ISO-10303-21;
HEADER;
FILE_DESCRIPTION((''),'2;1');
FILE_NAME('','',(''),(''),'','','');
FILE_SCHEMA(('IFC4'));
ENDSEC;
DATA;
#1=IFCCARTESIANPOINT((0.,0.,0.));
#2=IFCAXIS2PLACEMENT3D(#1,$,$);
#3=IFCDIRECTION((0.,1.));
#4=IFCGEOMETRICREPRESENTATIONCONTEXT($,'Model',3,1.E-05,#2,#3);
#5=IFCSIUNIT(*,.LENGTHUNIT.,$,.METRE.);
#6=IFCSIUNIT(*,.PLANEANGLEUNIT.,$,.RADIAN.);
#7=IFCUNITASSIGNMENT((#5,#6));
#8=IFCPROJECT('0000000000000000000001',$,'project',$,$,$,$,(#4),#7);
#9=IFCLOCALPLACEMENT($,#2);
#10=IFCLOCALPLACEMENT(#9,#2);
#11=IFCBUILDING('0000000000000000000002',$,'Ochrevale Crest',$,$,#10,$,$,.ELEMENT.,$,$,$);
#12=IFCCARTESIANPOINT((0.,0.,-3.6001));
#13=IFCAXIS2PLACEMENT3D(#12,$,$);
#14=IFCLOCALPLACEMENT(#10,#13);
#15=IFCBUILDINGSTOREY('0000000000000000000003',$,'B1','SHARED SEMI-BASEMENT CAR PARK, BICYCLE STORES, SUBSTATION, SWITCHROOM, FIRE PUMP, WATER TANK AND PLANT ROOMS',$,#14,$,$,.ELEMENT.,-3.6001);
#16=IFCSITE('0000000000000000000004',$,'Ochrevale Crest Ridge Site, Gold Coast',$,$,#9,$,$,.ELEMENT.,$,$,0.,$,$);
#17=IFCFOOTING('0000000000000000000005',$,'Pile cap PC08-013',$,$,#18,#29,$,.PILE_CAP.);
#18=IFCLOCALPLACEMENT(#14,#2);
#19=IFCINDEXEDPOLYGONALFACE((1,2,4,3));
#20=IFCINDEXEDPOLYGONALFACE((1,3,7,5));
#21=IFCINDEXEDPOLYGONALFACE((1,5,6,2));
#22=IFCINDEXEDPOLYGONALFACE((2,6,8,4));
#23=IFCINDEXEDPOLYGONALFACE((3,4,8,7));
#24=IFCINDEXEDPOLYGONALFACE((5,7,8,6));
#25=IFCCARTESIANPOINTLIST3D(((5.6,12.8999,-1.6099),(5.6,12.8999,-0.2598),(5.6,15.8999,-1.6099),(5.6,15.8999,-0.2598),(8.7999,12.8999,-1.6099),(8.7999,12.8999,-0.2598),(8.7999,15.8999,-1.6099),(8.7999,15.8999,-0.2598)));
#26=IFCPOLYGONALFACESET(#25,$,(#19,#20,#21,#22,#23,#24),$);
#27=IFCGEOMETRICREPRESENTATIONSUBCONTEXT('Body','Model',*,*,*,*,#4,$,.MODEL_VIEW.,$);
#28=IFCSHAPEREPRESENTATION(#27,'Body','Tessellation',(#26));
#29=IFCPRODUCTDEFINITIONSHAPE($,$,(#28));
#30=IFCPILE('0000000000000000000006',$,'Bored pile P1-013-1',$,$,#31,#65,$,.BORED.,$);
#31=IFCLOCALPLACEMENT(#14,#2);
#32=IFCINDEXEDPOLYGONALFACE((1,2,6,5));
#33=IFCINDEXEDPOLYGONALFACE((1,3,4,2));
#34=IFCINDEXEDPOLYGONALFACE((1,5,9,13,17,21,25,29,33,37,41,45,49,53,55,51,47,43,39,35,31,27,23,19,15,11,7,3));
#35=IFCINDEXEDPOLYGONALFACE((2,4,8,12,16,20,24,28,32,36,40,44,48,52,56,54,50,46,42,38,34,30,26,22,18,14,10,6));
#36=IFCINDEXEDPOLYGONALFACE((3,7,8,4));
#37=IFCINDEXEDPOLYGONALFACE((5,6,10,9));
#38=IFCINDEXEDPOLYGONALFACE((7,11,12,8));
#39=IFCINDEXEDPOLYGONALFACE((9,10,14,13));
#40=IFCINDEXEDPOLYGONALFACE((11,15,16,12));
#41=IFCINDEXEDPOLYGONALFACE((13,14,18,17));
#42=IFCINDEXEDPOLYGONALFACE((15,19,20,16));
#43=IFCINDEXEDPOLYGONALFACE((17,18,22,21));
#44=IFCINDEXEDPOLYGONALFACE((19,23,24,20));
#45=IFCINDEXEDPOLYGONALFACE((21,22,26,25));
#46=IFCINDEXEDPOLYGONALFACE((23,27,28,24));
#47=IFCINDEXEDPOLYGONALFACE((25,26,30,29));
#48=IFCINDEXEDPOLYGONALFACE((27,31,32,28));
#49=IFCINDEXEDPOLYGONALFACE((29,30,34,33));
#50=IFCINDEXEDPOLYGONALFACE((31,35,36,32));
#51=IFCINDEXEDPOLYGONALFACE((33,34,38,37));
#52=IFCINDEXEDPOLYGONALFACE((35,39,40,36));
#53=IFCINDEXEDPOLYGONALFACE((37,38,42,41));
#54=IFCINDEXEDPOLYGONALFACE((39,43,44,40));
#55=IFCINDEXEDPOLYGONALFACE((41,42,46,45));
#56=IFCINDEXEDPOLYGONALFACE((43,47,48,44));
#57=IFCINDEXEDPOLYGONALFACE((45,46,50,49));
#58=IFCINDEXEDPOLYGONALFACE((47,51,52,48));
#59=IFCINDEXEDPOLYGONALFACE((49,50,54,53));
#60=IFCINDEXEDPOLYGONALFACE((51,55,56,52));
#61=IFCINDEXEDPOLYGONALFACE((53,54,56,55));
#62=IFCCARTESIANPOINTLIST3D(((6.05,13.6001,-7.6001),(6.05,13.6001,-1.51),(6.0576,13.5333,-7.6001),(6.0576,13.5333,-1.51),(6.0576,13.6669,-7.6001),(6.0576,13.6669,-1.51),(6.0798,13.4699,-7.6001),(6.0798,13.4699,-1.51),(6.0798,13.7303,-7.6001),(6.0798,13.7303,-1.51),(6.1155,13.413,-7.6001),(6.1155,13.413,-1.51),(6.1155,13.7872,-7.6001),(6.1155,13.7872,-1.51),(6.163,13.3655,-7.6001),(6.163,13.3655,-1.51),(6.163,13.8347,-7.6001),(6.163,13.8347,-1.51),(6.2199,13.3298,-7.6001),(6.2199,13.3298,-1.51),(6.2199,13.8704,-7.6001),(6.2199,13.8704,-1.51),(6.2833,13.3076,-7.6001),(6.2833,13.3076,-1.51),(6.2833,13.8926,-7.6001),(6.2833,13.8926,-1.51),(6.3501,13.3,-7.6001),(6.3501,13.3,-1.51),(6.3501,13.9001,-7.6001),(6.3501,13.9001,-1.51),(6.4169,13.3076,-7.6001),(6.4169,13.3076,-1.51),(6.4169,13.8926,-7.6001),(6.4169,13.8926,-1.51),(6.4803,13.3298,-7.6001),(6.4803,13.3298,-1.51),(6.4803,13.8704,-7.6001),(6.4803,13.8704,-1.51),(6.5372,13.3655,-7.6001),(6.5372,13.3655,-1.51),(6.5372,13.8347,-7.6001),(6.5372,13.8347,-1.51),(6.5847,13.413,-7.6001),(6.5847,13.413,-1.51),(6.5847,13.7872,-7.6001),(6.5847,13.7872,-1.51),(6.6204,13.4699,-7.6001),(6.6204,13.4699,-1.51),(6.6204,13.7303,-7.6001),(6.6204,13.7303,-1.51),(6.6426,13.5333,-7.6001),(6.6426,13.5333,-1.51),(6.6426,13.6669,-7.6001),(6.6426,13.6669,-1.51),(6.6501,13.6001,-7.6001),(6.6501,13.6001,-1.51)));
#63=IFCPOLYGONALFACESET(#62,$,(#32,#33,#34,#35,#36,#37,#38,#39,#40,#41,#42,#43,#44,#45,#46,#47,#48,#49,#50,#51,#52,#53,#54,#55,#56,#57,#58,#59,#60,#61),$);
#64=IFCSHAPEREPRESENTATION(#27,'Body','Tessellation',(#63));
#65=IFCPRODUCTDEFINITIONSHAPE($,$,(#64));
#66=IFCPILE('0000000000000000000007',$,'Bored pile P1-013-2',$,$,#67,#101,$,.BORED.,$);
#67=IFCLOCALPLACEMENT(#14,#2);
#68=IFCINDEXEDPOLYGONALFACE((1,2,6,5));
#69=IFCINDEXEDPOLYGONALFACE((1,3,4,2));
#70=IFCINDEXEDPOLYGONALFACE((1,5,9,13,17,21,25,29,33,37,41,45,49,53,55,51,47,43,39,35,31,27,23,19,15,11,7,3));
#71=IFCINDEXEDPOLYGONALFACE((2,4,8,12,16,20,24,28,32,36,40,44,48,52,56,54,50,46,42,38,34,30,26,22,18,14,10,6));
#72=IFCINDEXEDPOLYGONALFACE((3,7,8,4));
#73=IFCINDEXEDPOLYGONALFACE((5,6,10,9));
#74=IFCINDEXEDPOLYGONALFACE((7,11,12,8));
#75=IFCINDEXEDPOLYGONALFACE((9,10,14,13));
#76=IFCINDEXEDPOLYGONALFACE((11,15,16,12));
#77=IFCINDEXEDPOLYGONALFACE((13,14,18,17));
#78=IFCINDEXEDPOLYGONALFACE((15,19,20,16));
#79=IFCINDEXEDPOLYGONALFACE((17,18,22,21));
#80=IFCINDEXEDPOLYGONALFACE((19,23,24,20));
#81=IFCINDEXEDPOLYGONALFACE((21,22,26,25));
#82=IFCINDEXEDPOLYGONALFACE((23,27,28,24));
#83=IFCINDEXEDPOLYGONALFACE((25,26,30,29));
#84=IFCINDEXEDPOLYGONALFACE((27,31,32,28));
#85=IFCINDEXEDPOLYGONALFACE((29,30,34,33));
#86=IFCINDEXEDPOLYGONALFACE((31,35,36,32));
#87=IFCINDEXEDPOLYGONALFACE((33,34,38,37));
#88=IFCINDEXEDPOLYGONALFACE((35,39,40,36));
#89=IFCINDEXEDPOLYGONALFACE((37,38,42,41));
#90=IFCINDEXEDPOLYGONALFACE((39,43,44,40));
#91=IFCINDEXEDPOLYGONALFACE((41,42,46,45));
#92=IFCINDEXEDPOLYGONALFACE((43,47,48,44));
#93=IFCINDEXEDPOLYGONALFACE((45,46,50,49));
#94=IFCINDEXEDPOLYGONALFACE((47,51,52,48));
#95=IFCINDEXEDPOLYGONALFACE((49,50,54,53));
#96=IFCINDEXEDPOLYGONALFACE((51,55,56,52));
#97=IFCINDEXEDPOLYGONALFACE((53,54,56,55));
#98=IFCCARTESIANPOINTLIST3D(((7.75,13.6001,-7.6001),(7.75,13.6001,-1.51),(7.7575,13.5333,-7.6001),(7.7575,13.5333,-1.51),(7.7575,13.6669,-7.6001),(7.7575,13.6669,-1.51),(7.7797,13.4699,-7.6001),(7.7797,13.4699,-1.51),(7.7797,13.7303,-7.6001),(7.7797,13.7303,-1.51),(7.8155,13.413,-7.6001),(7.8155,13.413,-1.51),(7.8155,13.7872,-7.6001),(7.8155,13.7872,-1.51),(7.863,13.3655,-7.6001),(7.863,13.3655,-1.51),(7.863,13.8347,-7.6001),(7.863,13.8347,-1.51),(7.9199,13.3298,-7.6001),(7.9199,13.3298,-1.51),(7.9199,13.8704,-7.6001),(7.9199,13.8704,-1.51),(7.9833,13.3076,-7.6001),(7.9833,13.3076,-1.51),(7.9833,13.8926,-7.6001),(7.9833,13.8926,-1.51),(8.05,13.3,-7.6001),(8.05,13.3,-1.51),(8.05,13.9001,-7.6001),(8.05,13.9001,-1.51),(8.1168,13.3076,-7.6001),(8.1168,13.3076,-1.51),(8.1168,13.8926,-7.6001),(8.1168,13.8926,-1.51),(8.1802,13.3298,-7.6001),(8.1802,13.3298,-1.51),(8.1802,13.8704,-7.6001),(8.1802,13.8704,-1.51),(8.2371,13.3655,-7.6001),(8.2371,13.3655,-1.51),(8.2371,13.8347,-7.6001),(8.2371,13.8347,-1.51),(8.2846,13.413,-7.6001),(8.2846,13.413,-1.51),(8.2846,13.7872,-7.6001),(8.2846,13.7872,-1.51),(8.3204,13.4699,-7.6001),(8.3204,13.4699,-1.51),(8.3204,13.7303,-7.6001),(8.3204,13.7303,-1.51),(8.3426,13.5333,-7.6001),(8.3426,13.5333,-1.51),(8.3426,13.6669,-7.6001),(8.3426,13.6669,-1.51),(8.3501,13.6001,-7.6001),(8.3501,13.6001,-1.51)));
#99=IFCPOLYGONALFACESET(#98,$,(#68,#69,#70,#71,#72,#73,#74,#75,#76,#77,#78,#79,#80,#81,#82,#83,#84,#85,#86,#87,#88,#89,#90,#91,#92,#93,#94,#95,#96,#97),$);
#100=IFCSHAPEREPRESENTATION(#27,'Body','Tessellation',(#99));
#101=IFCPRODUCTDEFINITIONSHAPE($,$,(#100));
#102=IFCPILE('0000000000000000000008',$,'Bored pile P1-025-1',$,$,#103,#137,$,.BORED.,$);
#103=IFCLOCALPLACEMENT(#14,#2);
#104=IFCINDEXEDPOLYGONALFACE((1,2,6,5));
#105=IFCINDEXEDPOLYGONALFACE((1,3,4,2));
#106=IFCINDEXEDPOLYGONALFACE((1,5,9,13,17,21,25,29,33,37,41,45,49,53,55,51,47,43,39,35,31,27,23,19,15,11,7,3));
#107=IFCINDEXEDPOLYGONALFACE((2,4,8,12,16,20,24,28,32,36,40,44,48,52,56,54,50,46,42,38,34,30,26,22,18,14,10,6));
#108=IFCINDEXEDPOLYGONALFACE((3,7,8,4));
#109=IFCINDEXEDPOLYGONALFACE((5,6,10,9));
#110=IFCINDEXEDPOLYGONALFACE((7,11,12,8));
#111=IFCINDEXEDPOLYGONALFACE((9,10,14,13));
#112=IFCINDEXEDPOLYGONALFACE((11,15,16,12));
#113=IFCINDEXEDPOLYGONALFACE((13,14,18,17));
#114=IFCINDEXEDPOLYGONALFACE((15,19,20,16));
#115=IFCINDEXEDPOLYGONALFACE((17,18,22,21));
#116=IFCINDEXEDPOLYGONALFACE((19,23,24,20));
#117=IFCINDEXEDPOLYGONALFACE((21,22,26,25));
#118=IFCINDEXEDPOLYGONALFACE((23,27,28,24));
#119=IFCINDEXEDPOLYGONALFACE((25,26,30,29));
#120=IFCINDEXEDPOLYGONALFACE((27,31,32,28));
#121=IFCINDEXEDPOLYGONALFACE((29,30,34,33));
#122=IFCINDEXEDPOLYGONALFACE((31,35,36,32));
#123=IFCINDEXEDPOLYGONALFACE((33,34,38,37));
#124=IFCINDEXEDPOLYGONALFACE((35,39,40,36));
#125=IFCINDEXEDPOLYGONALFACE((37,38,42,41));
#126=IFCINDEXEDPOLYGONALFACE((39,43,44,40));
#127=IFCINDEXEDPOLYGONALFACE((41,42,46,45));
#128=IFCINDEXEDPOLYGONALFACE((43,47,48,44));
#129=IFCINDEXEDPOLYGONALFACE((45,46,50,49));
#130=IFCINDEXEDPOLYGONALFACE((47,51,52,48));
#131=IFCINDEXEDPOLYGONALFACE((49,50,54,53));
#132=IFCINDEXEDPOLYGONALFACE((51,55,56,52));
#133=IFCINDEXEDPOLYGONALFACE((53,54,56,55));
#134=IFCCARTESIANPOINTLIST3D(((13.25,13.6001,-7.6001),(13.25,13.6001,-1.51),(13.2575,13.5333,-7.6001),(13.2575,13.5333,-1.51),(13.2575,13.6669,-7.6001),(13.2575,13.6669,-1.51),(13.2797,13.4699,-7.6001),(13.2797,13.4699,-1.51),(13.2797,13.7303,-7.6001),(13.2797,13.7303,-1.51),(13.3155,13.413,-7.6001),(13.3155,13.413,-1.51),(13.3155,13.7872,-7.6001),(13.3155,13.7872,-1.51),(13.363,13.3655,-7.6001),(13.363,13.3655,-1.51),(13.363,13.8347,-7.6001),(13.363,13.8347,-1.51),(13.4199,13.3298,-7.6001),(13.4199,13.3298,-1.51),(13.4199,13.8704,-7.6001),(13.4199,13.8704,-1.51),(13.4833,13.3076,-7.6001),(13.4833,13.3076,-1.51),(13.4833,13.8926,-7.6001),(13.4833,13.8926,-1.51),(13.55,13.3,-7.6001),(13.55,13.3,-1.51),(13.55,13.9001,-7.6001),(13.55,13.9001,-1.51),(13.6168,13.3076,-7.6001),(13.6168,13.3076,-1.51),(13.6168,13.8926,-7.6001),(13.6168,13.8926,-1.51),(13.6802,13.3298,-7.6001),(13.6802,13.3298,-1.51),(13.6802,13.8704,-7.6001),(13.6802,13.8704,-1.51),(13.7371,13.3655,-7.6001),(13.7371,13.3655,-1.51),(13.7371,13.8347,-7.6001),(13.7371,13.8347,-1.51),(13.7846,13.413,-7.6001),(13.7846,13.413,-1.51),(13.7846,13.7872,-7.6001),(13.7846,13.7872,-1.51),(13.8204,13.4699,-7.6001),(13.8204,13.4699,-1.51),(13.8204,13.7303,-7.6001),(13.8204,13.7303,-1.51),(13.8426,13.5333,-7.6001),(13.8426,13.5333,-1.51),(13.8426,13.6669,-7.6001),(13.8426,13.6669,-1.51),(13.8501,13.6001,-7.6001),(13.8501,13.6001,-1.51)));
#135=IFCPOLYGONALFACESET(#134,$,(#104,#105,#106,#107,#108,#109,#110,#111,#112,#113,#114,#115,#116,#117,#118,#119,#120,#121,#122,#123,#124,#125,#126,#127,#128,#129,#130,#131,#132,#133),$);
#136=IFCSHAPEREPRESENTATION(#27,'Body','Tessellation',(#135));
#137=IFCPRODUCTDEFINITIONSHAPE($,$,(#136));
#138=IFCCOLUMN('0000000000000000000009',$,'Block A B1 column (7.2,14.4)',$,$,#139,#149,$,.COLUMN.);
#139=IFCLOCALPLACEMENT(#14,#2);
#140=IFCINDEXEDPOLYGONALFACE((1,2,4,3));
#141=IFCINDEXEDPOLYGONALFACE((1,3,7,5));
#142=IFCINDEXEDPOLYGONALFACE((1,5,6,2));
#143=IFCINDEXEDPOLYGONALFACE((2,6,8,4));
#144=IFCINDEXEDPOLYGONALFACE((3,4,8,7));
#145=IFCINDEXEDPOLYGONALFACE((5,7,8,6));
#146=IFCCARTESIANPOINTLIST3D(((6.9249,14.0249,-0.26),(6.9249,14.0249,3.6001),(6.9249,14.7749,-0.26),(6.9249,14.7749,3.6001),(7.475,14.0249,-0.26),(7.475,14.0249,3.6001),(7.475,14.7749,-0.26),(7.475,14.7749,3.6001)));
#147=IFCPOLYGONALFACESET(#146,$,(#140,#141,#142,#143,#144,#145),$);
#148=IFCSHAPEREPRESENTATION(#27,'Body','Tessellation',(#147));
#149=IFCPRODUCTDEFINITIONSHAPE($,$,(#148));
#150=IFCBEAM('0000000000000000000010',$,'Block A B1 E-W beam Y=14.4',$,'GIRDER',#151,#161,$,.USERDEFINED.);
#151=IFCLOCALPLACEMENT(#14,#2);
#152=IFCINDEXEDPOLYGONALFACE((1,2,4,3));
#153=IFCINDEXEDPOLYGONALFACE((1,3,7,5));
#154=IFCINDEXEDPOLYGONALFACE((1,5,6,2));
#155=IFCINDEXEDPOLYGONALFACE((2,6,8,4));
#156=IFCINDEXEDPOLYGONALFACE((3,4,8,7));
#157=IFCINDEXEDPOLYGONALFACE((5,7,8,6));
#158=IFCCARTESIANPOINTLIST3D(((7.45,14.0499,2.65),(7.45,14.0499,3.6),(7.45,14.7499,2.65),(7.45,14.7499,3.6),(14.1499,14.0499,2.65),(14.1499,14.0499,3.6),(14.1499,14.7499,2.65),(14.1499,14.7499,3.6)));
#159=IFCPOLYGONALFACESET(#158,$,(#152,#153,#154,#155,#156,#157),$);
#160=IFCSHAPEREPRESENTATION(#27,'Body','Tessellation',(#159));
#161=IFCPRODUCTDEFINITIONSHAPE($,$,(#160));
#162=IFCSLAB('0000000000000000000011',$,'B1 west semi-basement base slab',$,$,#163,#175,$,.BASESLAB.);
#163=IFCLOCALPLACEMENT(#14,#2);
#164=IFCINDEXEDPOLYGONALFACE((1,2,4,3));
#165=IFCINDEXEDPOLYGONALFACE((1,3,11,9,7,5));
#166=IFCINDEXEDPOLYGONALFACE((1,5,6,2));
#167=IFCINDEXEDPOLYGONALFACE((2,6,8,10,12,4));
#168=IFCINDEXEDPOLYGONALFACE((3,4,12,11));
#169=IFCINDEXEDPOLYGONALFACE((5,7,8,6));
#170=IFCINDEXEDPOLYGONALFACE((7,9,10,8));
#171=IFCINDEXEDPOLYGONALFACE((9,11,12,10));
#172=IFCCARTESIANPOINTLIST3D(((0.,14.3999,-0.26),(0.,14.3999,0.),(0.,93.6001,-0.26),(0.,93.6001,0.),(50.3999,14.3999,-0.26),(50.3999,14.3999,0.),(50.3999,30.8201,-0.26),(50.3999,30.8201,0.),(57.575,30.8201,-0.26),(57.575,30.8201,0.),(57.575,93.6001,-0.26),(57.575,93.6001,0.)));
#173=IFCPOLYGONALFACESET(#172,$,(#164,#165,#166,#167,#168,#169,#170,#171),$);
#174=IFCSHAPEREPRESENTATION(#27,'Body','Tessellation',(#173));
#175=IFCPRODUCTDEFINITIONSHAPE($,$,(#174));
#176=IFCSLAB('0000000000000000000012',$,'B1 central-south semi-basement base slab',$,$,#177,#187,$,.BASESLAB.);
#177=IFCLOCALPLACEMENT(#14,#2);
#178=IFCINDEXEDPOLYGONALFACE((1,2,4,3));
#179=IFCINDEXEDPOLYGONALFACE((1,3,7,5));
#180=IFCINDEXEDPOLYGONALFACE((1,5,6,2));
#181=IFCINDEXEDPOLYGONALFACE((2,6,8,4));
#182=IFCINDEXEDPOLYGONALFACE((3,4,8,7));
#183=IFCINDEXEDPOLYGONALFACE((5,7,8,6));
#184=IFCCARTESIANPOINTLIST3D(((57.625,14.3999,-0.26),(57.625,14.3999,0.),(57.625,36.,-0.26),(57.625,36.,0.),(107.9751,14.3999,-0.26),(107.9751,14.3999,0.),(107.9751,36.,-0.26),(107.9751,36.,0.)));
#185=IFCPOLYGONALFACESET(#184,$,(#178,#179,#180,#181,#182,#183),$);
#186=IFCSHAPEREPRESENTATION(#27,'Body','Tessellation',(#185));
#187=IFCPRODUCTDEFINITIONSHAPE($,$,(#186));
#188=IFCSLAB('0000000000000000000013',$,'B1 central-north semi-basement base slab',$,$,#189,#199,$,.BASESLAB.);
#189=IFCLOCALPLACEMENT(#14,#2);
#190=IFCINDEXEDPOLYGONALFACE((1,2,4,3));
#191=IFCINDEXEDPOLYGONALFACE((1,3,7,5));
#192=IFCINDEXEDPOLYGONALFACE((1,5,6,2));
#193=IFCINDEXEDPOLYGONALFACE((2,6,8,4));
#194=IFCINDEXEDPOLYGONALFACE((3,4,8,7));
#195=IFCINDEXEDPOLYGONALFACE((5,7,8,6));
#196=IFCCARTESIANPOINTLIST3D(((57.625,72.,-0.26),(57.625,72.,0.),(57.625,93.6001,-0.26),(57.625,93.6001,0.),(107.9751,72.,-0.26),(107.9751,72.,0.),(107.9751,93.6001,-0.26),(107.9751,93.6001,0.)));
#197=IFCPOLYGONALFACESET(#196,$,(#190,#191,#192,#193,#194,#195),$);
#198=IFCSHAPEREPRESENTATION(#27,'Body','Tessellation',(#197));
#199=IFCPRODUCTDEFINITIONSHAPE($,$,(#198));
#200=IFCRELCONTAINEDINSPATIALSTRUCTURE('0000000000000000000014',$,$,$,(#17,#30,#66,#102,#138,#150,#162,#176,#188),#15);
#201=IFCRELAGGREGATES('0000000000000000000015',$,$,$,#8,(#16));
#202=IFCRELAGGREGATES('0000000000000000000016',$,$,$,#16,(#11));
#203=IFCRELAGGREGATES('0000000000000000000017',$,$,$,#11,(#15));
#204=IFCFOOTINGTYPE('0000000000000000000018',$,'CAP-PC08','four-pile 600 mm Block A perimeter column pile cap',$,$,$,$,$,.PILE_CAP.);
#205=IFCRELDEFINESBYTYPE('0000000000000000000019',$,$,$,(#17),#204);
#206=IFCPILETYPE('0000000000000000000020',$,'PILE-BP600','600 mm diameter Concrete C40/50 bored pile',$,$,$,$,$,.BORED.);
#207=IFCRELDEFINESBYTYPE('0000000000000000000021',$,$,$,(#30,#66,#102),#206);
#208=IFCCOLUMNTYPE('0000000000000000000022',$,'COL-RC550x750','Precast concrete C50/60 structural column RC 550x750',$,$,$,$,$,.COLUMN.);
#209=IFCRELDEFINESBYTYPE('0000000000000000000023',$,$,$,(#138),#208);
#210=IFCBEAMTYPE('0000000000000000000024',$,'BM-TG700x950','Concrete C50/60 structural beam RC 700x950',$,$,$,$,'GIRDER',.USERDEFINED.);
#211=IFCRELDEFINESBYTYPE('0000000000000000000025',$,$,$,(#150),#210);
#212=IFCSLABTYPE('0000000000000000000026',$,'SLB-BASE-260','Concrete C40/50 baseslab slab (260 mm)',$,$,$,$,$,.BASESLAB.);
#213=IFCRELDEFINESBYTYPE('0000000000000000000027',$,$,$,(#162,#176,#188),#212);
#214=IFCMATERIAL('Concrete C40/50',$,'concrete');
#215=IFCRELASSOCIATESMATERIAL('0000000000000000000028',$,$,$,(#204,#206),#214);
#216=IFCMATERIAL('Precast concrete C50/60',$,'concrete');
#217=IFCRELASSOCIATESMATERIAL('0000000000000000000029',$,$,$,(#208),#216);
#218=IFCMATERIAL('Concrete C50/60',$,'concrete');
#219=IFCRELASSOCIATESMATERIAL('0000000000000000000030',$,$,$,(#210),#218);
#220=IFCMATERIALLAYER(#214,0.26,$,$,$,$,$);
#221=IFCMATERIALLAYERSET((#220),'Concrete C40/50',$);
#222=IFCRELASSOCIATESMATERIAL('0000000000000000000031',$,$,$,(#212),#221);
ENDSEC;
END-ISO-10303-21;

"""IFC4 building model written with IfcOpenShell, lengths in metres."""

from ifc_helpers import new_model, si_unit, direction, frame, origin, origin_2d, place, context, subcontext, project, spatial, polyline, rectangle, circle, outline, extrude, material, layer, layer_set, material_profile, profile_set, type_object, element, save


model = new_model("IFC4")

# Units and contexts
model_context = context("Model", 3, precision=1e-05, world=origin(), true_north=direction((0.0, 1.0)))
body_context = subcontext(model_context, "Body", "Model", "MODEL_VIEW")
ifc_project = project(units=[si_unit("LENGTHUNIT", "METRE"), si_unit("PLANEANGLEUNIT", "RADIAN")], contexts=[model_context])

# Site, building, storey
site_placement = place(None, origin())
site = spatial("IfcSite", under=ifc_project, at=site_placement, Name="Ochrevale Crest Ridge Site, Gold Coast", CompositionType="ELEMENT", RefElevation=0.0)
building_placement = place(site_placement, origin())
building = spatial("IfcBuilding", under=site, at=building_placement, Name="Ochrevale Crest", CompositionType="ELEMENT")
storey_placement = place(building_placement, frame((0.0, 0.0, -3.6001)))
storey = spatial("IfcBuildingStorey", under=building, at=storey_placement, Name="B1", Description="SHARED SEMI-BASEMENT CAR PARK, BICYCLE STORES, SUBSTATION, SWITCHROOM, FIRE PUMP, WATER TANK AND PLANT ROOMS", CompositionType="ELEMENT", Elevation=-3.6001)

# Footing
ifc_material_1 = material(Name="Concrete C40/50", Category="concrete")
footing_type = type_object("IfcFootingType", Name="CAP-PC08", Description="four-pile 600 mm Block A perimeter column pile cap", PredefinedType="PILE_CAP", material=ifc_material_1)
footing_placement = place(storey_placement, frame((7.2, 14.3999, -1.6099), z_axis=(0.0, 0.0, 1.0), x_axis=(1.0, 0.0, 0.0)))
element("IfcFooting", 1, at=footing_placement, inside=storey, type_object=footing_type, Name="Pile cap PC08-013", PredefinedType="PILE_CAP", context=body_context, shape_type="SweptSolid", body=[
    extrude(rectangle(XDim=3.2, YDim=3.0, at=origin_2d()), origin(), (0.0, 0.0, 1.0), 1.3501),
])

# Piles
ifc_material_profile_1 = material_profile(ifc_material_1, circle(Radius=0.3, at=origin_2d()), Name="BORED PILE 600")
ifc_profile_set_1 = profile_set([ifc_material_profile_1], Name="Concrete C40/50")
pile_type = type_object("IfcPileType", Name="PILE-BP600", Description="600 mm diameter Concrete C40/50 bored pile", PredefinedType="BORED", material=ifc_profile_set_1)
for number, where, z_axis, x_axis, name in (
    (2, (6.3501, 13.6001, -1.51), (0.0, 0.0, -1.0), (1.0, 0.0, 0.0), "Bored pile P1-013-1"),
    (3, (8.05, 13.6001, -1.51), (0.0, 0.0, -1.0), (1.0, 0.0, 0.0), "Bored pile P1-013-2"),
    (4, (13.55, 13.6001, -1.51), (0.0, 0.0, -1.0), (1.0, 0.0, 0.0), "Bored pile P1-025-1"),
):
    element("IfcPile", number, at=place(storey_placement, frame(where, z_axis=z_axis, x_axis=x_axis)), inside=storey, type_object=pile_type, Name=name, PredefinedType="BORED", context=body_context, shape_type="SweptSolid", body=[
        extrude(circle(Radius=0.3, at=origin_2d()), origin(), (0.0, 0.0, 1.0), 6.0901),
    ])

# Column
ifc_material_2 = material(Name="Precast concrete C50/60", Category="concrete")
ifc_material_profile_2 = material_profile(ifc_material_2, rectangle(XDim=0.55, YDim=0.75, at=origin_2d()), Name="RC 550x750")
ifc_profile_set_2 = profile_set([ifc_material_profile_2], Name="Precast concrete C50/60")
column_type = type_object("IfcColumnType", Name="COL-RC550x750", Description="Precast concrete C50/60 structural column RC 550x750", PredefinedType="COLUMN", material=ifc_profile_set_2)
column_placement = place(storey_placement, frame((7.2, 14.3999, -0.26), z_axis=(0.0, 0.0, 1.0), x_axis=(1.0, 0.0, 0.0)))
element("IfcColumn", 5, at=column_placement, inside=storey, type_object=column_type, Name="Block A B1 column (7.2,14.4)", PredefinedType="COLUMN", context=body_context, shape_type="SweptSolid", body=[
    extrude(rectangle(XDim=0.55, YDim=0.75, at=origin_2d()), origin(), (0.0, 0.0, 1.0), 3.8601),
])

# Beam
ifc_material_3 = material(Name="Concrete C50/60", Category="concrete")
ifc_material_profile_3 = material_profile(ifc_material_3, rectangle(XDim=0.7, YDim=0.95, at=origin_2d()), Name="RC 700x950")
ifc_profile_set_3 = profile_set([ifc_material_profile_3], Name="Concrete C50/60")
beam_type = type_object("IfcBeamType", Name="BM-TG700x950", Description="Concrete C50/60 structural beam RC 700x950", ElementType="GIRDER", PredefinedType="USERDEFINED", material=ifc_profile_set_3)
beam_placement = place(storey_placement, frame((7.45, 14.3999, 3.125), z_axis=(1.0, 0.0, 0.0), x_axis=(0.0, 1.0, 0.0)))
element("IfcBeam", 6, at=beam_placement, inside=storey, type_object=beam_type, Name="Block A B1 E-W beam Y=14.4", ObjectType="GIRDER", PredefinedType="USERDEFINED", context=body_context, shape_type="SweptSolid", body=[
    extrude(rectangle(XDim=0.7, YDim=0.95, at=origin_2d()), origin(), (0.0, 0.0, 1.0), 6.7),
])

# Slabs
ifc_layer_1 = layer(ifc_material_1, 0.26)
ifc_layer_set_1 = layer_set([ifc_layer_1], Name="Concrete C40/50")
slab_type_1 = type_object("IfcSlabType", Name="SLB-BASE-260", Description="Concrete C40/50 baseslab slab (260 mm)", PredefinedType="BASESLAB", material=ifc_layer_set_1)
slab_1_placement = place(storey_placement, frame((0.0, 0.0, -0.26)))
element("IfcSlab", 7, at=slab_1_placement, inside=storey, type_object=slab_type_1, Name="B1 west semi-basement base slab", PredefinedType="BASESLAB", context=body_context, shape_type="SweptSolid", body=[
    extrude(outline(polyline([(0.0, 14.3999), (50.3999, 14.3999), (50.3999, 30.8201), (57.575, 30.8201), (57.575, 93.6001), (0.0, 93.6001), (0.0, 14.3999)])), origin(), (0.0, 0.0, 1.0), 0.26),
])
slab_2_placement = place(storey_placement, frame((0.0, 0.0, -0.26)))
element("IfcSlab", 8, at=slab_2_placement, inside=storey, type_object=slab_type_1, Name="B1 central-south semi-basement base slab", PredefinedType="BASESLAB", context=body_context, shape_type="SweptSolid", body=[
    extrude(outline(polyline([(57.625, 14.3999), (107.9751, 14.3999), (107.9751, 36.0), (57.625, 36.0), (57.625, 14.3999)])), origin(), (0.0, 0.0, 1.0), 0.26),
])
slab_3_placement = place(storey_placement, frame((0.0, 0.0, -0.26)))
element("IfcSlab", 9, at=slab_3_placement, inside=storey, type_object=slab_type_1, Name="B1 central-north semi-basement base slab", PredefinedType="BASESLAB", context=body_context, shape_type="SweptSolid", body=[
    extrude(outline(polyline([(57.625, 72.0), (107.9751, 72.0), (107.9751, 93.6001), (57.625, 93.6001), (57.625, 72.0)])), origin(), (0.0, 0.0, 1.0), 0.26),
])

save(model, "model.ifc")
